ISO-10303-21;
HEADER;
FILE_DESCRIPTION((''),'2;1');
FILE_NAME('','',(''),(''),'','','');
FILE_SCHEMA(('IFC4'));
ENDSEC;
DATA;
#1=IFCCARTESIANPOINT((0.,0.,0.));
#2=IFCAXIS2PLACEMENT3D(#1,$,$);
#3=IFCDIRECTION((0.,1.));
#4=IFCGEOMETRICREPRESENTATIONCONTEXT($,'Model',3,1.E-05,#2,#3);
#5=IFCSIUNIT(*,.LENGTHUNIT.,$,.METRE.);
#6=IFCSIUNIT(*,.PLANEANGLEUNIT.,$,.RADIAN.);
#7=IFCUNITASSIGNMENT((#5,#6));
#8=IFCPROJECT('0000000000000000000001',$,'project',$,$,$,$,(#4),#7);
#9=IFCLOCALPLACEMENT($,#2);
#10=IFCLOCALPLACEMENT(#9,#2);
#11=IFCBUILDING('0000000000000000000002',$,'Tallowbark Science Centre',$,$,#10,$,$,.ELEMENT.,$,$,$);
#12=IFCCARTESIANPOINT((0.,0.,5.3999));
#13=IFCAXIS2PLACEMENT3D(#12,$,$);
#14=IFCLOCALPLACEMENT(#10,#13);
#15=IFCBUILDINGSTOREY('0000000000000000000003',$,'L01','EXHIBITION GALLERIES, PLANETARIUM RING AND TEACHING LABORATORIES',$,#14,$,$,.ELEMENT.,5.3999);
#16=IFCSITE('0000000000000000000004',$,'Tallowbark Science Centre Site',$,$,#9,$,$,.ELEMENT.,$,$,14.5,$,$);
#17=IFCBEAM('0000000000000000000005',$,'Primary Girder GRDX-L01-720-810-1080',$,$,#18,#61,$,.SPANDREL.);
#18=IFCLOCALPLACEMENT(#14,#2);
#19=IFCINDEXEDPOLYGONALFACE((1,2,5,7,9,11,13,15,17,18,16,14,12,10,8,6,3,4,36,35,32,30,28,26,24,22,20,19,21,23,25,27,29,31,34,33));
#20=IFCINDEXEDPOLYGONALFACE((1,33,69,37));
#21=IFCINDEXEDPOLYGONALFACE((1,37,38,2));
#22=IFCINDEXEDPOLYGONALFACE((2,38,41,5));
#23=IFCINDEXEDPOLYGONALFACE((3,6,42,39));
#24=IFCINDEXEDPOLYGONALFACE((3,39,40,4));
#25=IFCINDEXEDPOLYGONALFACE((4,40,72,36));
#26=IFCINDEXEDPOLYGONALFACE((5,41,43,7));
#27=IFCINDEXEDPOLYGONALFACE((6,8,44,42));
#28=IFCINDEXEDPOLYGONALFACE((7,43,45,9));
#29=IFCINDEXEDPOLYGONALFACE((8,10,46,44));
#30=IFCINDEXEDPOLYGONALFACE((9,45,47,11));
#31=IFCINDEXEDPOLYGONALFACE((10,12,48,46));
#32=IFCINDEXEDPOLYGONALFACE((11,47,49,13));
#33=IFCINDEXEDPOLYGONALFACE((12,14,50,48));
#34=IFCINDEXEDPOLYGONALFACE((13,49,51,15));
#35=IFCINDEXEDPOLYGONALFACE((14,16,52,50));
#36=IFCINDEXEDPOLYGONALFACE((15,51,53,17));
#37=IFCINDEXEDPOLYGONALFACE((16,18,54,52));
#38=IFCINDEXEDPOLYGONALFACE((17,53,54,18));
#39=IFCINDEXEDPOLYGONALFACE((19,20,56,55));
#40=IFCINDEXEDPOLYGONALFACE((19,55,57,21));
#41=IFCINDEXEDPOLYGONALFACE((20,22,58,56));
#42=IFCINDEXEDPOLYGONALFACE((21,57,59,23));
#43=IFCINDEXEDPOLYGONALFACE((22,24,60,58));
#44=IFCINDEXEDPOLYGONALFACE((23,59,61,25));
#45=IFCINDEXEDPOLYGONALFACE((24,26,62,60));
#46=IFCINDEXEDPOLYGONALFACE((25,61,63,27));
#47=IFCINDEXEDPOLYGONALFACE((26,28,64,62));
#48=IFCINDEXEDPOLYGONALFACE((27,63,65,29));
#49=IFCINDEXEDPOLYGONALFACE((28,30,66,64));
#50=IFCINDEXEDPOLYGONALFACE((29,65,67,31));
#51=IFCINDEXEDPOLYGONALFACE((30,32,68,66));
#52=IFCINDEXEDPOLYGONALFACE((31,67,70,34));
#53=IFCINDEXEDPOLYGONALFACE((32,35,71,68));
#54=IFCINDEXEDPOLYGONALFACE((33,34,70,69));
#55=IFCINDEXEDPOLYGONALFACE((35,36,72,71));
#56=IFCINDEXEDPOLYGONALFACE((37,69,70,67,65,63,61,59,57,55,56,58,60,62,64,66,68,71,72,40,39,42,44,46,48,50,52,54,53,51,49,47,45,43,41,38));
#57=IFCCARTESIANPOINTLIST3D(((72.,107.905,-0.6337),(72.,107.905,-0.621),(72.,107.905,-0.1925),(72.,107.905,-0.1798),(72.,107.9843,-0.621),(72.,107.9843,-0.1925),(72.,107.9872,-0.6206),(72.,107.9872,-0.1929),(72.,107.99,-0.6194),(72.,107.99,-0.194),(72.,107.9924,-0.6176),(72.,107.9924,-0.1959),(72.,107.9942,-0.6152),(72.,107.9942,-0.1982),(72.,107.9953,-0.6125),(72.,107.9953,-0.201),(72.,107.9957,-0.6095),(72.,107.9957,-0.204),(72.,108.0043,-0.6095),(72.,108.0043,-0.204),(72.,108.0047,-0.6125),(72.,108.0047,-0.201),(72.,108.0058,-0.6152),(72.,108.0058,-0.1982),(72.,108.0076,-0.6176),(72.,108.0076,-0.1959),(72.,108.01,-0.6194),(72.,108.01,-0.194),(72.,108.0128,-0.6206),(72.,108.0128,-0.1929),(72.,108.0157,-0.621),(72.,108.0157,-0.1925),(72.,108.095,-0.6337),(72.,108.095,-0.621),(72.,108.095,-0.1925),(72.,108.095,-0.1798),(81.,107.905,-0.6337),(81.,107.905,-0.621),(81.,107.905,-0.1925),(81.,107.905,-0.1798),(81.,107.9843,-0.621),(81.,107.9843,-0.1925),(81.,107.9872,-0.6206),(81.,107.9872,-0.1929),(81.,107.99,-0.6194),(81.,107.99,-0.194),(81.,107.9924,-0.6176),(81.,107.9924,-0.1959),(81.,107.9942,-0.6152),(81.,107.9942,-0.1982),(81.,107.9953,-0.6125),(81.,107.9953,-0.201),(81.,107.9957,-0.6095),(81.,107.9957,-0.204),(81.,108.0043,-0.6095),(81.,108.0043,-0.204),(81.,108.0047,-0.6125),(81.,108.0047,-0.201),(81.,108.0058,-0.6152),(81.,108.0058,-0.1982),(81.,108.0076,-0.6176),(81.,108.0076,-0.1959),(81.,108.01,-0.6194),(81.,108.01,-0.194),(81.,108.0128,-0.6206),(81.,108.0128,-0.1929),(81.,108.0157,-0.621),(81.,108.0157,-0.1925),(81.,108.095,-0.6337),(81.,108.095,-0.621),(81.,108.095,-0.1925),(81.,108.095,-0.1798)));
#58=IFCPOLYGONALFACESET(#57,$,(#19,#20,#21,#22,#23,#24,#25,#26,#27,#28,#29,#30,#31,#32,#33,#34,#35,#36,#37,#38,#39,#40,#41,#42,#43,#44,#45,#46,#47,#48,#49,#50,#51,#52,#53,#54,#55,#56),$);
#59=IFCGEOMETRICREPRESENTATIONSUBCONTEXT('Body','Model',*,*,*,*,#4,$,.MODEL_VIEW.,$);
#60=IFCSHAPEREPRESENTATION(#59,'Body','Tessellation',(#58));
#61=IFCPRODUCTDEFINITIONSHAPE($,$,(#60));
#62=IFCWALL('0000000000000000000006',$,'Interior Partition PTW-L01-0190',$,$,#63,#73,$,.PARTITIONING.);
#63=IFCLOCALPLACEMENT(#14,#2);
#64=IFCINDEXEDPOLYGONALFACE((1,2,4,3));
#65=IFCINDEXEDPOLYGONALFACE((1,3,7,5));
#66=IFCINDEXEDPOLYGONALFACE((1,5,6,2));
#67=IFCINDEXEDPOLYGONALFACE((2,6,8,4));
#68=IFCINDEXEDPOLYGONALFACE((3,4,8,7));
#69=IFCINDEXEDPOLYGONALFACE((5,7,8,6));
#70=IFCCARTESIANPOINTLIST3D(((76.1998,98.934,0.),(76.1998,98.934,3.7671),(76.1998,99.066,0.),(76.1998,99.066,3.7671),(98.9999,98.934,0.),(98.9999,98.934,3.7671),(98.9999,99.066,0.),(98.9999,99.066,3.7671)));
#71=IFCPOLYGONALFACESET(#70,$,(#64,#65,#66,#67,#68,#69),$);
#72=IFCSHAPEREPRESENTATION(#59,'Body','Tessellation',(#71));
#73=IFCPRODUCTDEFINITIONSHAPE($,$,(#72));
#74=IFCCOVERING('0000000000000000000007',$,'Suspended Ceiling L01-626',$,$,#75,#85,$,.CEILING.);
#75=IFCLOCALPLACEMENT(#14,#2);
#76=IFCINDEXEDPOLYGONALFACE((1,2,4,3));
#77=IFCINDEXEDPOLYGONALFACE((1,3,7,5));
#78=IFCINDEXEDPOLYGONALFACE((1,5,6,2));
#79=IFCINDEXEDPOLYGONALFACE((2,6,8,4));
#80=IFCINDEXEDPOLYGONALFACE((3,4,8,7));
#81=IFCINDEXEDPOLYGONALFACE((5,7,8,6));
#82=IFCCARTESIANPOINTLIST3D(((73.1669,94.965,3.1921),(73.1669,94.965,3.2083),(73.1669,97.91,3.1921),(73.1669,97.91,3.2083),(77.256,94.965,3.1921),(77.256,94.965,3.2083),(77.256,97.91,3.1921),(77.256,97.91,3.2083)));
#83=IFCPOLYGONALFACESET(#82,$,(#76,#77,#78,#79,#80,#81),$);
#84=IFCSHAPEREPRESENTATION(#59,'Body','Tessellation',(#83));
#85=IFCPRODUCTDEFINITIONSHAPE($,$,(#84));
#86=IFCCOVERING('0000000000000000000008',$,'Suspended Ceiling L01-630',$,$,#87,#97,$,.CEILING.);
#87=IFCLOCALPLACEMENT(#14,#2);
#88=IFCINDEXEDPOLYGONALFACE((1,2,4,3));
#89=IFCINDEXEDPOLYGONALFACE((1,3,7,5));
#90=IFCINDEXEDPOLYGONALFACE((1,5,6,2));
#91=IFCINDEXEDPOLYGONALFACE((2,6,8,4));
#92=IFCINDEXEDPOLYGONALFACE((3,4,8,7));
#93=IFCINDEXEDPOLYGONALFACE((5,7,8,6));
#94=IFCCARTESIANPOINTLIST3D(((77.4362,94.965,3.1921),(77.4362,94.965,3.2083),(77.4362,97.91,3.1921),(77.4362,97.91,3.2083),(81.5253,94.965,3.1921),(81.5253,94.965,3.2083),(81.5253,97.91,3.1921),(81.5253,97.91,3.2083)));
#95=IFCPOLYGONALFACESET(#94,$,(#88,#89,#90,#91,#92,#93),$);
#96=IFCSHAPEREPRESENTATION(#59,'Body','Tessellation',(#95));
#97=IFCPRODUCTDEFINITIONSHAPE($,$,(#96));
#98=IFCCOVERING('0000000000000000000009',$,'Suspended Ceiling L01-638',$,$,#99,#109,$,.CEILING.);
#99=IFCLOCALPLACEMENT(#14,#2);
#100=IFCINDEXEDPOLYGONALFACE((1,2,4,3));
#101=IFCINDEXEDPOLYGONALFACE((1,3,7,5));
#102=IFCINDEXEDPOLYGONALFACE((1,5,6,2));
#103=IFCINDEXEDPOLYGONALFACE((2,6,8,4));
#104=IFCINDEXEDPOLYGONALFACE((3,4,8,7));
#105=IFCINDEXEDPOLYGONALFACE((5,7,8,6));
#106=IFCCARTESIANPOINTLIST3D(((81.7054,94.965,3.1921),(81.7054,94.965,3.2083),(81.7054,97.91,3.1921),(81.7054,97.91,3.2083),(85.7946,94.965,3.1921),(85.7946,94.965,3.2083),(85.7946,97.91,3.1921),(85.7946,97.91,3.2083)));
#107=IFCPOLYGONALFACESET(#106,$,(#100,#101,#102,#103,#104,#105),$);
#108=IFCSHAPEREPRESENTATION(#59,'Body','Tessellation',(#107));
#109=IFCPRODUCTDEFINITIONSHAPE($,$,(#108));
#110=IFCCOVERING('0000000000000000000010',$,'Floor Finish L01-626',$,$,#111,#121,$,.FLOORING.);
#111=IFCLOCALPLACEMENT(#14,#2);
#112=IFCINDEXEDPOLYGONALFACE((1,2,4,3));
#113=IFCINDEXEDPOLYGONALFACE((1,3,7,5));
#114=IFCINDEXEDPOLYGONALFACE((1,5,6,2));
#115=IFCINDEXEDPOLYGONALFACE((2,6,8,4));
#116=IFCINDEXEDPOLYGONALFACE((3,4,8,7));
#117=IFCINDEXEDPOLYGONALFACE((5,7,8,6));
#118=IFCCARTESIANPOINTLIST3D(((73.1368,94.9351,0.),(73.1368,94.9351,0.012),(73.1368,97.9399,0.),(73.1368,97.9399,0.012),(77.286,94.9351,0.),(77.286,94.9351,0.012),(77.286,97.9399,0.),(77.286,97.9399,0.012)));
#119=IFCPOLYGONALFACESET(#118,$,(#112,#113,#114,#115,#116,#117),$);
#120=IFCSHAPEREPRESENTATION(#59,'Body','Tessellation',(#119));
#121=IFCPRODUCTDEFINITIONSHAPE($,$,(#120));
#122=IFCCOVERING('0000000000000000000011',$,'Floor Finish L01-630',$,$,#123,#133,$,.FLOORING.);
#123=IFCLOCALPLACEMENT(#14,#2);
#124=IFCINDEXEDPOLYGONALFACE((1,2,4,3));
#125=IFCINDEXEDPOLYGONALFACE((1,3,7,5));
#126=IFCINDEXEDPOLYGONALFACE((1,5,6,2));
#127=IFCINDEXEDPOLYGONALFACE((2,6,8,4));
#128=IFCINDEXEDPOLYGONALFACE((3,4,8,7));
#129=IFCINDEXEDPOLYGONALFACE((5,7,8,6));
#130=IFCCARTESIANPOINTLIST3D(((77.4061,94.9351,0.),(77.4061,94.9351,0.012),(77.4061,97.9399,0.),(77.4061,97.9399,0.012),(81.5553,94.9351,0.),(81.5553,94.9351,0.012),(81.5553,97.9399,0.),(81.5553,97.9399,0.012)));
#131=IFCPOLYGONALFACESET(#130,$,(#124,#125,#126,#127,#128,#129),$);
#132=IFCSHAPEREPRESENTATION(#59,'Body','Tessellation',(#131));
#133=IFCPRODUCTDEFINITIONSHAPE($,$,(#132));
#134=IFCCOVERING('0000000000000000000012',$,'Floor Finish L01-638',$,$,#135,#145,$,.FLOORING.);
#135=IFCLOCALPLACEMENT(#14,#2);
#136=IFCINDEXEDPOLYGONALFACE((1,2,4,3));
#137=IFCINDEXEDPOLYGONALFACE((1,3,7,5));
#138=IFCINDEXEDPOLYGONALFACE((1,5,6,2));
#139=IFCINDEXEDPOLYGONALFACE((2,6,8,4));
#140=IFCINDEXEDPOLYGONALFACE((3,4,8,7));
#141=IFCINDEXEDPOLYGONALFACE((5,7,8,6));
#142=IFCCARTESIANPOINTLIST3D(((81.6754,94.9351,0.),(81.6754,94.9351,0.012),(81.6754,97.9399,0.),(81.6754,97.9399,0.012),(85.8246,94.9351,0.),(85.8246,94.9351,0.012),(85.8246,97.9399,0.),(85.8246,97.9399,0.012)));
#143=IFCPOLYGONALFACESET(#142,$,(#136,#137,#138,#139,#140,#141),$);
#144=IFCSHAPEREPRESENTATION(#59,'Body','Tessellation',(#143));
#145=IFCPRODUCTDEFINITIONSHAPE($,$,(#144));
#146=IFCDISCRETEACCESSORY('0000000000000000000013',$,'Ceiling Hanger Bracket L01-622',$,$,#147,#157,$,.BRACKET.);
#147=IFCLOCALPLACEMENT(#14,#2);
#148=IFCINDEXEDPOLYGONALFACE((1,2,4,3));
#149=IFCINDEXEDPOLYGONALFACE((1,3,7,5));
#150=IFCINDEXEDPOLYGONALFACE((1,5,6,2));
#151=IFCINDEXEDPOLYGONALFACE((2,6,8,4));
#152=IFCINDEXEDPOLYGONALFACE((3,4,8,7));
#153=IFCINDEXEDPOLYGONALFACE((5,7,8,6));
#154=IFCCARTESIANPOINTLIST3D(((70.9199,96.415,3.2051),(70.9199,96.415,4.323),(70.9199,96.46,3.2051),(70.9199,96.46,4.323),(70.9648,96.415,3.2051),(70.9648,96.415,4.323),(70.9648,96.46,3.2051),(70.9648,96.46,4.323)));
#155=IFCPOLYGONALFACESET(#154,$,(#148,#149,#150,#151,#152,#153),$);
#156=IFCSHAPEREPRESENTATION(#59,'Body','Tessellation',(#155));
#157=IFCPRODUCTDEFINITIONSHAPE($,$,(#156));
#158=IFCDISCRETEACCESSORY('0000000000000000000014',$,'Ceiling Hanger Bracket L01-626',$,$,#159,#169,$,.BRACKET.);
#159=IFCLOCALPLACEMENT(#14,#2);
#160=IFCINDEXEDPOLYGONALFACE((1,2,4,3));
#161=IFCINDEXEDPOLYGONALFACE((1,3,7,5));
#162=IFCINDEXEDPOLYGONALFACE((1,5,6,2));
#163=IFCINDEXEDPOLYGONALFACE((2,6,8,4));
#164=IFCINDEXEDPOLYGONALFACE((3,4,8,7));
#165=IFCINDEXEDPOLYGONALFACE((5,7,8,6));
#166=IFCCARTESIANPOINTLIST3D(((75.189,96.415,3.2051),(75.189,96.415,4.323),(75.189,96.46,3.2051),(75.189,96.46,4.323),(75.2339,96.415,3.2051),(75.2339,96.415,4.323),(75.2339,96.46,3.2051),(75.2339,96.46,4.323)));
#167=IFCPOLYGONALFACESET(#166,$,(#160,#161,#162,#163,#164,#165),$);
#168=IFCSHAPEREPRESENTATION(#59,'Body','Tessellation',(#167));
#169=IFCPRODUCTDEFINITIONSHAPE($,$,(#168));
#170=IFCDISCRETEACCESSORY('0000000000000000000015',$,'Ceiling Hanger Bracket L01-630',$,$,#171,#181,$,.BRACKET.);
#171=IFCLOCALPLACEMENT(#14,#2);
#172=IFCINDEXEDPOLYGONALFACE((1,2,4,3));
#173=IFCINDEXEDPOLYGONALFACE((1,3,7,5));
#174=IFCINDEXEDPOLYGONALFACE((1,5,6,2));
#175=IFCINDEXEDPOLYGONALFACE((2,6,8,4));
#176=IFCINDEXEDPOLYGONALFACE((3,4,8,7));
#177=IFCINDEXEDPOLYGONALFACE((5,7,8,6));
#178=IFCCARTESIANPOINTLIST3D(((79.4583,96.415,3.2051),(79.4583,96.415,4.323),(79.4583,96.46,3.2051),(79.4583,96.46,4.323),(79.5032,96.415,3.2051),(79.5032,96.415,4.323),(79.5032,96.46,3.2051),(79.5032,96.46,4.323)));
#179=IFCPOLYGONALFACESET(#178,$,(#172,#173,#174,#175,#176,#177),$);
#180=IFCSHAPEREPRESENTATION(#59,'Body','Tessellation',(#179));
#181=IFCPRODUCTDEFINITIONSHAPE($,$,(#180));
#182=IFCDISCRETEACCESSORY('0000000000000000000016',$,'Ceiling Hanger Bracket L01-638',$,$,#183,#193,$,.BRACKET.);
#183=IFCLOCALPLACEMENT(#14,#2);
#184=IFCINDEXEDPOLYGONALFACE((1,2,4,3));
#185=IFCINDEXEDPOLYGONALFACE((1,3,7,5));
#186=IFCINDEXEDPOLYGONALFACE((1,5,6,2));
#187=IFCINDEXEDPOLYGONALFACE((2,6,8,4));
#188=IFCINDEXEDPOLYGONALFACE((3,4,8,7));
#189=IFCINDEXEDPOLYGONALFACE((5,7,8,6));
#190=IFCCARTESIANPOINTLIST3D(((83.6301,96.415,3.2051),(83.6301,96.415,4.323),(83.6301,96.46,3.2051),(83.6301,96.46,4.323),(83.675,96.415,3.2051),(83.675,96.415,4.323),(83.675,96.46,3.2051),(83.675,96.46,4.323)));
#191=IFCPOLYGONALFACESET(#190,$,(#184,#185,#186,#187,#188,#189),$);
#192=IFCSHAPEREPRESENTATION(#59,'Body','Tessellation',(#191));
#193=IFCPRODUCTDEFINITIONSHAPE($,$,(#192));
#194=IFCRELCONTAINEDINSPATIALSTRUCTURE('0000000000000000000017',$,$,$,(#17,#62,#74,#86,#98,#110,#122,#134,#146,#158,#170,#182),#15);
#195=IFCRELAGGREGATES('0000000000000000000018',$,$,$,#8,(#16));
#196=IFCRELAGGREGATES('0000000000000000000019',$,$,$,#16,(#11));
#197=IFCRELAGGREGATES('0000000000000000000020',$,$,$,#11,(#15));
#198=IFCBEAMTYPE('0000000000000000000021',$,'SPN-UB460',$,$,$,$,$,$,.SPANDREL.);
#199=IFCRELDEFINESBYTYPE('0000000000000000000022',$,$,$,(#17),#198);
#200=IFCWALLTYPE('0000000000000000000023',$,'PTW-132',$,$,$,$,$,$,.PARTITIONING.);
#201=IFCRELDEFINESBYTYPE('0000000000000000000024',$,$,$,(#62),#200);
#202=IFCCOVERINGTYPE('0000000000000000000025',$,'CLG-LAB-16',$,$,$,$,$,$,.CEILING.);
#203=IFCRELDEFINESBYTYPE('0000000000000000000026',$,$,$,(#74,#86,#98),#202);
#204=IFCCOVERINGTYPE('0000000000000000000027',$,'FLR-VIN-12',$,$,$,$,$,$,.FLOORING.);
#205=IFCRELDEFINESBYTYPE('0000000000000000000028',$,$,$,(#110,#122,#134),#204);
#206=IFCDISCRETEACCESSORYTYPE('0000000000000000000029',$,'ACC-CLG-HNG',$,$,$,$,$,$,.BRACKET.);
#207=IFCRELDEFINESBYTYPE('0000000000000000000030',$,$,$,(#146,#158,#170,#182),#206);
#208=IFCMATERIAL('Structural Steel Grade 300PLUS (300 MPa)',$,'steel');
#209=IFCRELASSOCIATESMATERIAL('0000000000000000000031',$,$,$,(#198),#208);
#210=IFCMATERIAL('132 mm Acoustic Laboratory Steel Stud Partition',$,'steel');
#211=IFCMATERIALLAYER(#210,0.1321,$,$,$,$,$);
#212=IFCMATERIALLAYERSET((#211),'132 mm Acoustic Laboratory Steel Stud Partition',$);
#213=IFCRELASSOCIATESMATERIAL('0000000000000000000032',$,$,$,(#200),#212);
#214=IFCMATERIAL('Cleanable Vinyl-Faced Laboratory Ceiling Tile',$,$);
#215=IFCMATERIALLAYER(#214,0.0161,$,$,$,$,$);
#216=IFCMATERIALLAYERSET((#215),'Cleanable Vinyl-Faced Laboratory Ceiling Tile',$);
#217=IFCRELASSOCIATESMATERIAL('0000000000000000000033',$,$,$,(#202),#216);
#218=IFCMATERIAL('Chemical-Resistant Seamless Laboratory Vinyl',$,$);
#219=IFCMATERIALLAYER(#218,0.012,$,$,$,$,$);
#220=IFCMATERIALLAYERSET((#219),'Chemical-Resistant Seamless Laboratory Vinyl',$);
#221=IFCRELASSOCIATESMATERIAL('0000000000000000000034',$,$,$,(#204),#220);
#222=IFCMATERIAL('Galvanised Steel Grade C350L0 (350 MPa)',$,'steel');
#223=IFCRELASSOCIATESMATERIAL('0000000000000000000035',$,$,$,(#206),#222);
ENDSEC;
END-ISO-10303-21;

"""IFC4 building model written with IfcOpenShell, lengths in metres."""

from ifc_helpers import new_model, si_unit, direction, frame, frame_2d, origin, origin_2d, place, context, subcontext, project, spatial, rectangle, i_section, extrude, material, layer, layer_set, material_profile, profile_set, type_object, element, save


model = new_model("IFC4")

# Units and contexts
model_context = context("Model", 3, precision=1e-05, world=origin(), true_north=direction((0.0, 1.0)))
body_context = subcontext(model_context, "Body", "Model", "MODEL_VIEW")
ifc_project = project(units=[si_unit("LENGTHUNIT", "METRE"), si_unit("PLANEANGLEUNIT", "RADIAN")], contexts=[model_context])

# Site, building, storey
site_placement = place(None, origin())
site = spatial("IfcSite", under=ifc_project, at=site_placement, Name="Tallowbark Science Centre Site", CompositionType="ELEMENT", RefElevation=14.5)
building_placement = place(site_placement, origin())
building = spatial("IfcBuilding", under=site, at=building_placement, Name="Tallowbark Science Centre", CompositionType="ELEMENT")
storey_placement = place(building_placement, frame((0.0, 0.0, 5.3999)))
storey = spatial("IfcBuildingStorey", under=building, at=storey_placement, Name="L01", Description="EXHIBITION GALLERIES, PLANETARIUM RING AND TEACHING LABORATORIES", CompositionType="ELEMENT", Elevation=5.3999)

# Shared definitions
ifc_material_1 = material(Name="Structural Steel Grade 300PLUS (300 MPa)", Category="steel")

# Beam
ifc_material_profile_1 = material_profile(ifc_material_1, i_section(OverallWidth=0.1899, OverallDepth=0.4539, WebThickness=0.0085, FlangeThickness=0.0127, FilletRadius=0.0115, at=origin_2d()), Name="460UB67.1")
ifc_profile_set_1 = profile_set([ifc_material_profile_1], Name="Structural Steel Grade 300PLUS (300 MPa)")
beam_type_1 = type_object("IfcBeamType", Name="SPN-UB460", PredefinedType="SPANDREL", material=ifc_profile_set_1)
beam_1_placement = place(storey_placement, frame((72.0, 108.0, -0.4067), z_axis=(1.0, 0.0, 0.0), x_axis=(0.0, 1.0, 0.0)))
element("IfcBeam", 1, at=beam_1_placement, inside=storey, type_object=beam_type_1, Name="Primary Girder GRDX-L01-720-810-1080", PredefinedType="SPANDREL", context=body_context, shape_type="SweptSolid", body=[
    extrude(i_section(OverallWidth=0.1899, OverallDepth=0.4539, WebThickness=0.0085, FlangeThickness=0.0127, FilletRadius=0.0115, at=origin_2d()), origin(), (0.0, 0.0, 1.0), 9.0),
])

# Wall
ifc_material_2 = material(Name="132 mm Acoustic Laboratory Steel Stud Partition", Category="steel")
ifc_layer_1 = layer(ifc_material_2, 0.1321)
ifc_layer_set_1 = layer_set([ifc_layer_1], Name="132 mm Acoustic Laboratory Steel Stud Partition")
wall_type_1 = type_object("IfcWallType", Name="PTW-132", PredefinedType="PARTITIONING", material=ifc_layer_set_1)
wall_1_placement = place(storey_placement, frame((76.2, 99.0, 0.0), z_axis=(0.0, 0.0, 1.0), x_axis=(1.0, 0.0, 0.0)))
element("IfcWall", 2, at=wall_1_placement, inside=storey, type_object=wall_type_1, Name="Interior Partition PTW-L01-0190", PredefinedType="PARTITIONING", context=body_context, shape_type="SweptSolid", body=[
    extrude(rectangle(XDim=22.8, YDim=0.1321, at=frame_2d((11.3999, 0.0))), origin(), (0.0, 0.0, 1.0), 3.7671),
])

# Coverings
ifc_material_3 = material(Name="Cleanable Vinyl-Faced Laboratory Ceiling Tile")
ifc_layer_2 = layer(ifc_material_3, 0.0161)
ifc_layer_set_2 = layer_set([ifc_layer_2], Name="Cleanable Vinyl-Faced Laboratory Ceiling Tile")
covering_type_1 = type_object("IfcCoveringType", Name="CLG-LAB-16", PredefinedType="CEILING", material=ifc_layer_set_2)
for number, where, z_axis, x_axis, name in (
    (3, (75.2114, 96.4375, 3.1921), (0.0, 0.0, 1.0), (1.0, 0.0, 0.0), "Suspended Ceiling L01-626"),
    (4, (79.4807, 96.4375, 3.1921), (0.0, 0.0, 1.0), (1.0, 0.0, 0.0), "Suspended Ceiling L01-630"),
    (5, (83.75, 96.4375, 3.1921), (0.0, 0.0, 1.0), (1.0, 0.0, 0.0), "Suspended Ceiling L01-638"),
):
    element("IfcCovering", number, at=place(storey_placement, frame(where, z_axis=z_axis, x_axis=x_axis)), inside=storey, type_object=covering_type_1, Name=name, PredefinedType="CEILING", context=body_context, shape_type="SweptSolid", body=[
        extrude(rectangle(XDim=4.0891, YDim=2.9451, at=origin_2d()), origin(), (0.0, 0.0, 1.0), 0.0161),
    ])
ifc_material_4 = material(Name="Chemical-Resistant Seamless Laboratory Vinyl")
ifc_layer_3 = layer(ifc_material_4, 0.012)
ifc_layer_set_3 = layer_set([ifc_layer_3], Name="Chemical-Resistant Seamless Laboratory Vinyl")
covering_type_2 = type_object("IfcCoveringType", Name="FLR-VIN-12", PredefinedType="FLOORING", material=ifc_layer_set_3)
for number, where, z_axis, x_axis, name in (
    (6, (75.2114, 96.4375, 0.0), (0.0, 0.0, 1.0), (1.0, 0.0, 0.0), "Floor Finish L01-626"),
    (7, (79.4807, 96.4375, 0.0), (0.0, 0.0, 1.0), (1.0, 0.0, 0.0), "Floor Finish L01-630"),
    (8, (83.75, 96.4375, 0.0), (0.0, 0.0, 1.0), (1.0, 0.0, 0.0), "Floor Finish L01-638"),
):
    element("IfcCovering", number, at=place(storey_placement, frame(where, z_axis=z_axis, x_axis=x_axis)), inside=storey, type_object=covering_type_2, Name=name, PredefinedType="FLOORING", context=body_context, shape_type="SweptSolid", body=[
        extrude(rectangle(XDim=4.1492, YDim=3.0049, at=origin_2d()), origin(), (0.0, 0.0, 1.0), 0.012),
    ])

# Discrete accessories
ifc_material_5 = material(Name="Galvanised Steel Grade C350L0 (350 MPa)", Category="steel")
discrete_accessory_type = type_object("IfcDiscreteAccessoryType", Name="ACC-CLG-HNG", PredefinedType="BRACKET", material=ifc_material_5)
for number, where, z_axis, x_axis, name in (
    (9, (70.9424, 96.4375, 3.2051), (0.0, 0.0, 1.0), (1.0, 0.0, 0.0), "Ceiling Hanger Bracket L01-622"),
    (10, (75.2114, 96.4375, 3.2051), (0.0, 0.0, 1.0), (1.0, 0.0, 0.0), "Ceiling Hanger Bracket L01-626"),
    (11, (79.4807, 96.4375, 3.2051), (0.0, 0.0, 1.0), (1.0, 0.0, 0.0), "Ceiling Hanger Bracket L01-630"),
    (12, (83.6526, 96.4375, 3.2051), (0.0, 0.0, 1.0), (1.0, 0.0, 0.0), "Ceiling Hanger Bracket L01-638"),
):
    element("IfcDiscreteAccessory", number, at=place(storey_placement, frame(where, z_axis=z_axis, x_axis=x_axis)), inside=storey, type_object=discrete_accessory_type, Name=name, PredefinedType="BRACKET", context=body_context, shape_type="SweptSolid", body=[
        extrude(rectangle(XDim=0.0449, YDim=0.0449, at=origin_2d()), origin(), (0.0, 0.0, 1.0), 1.1179),
    ])

save(model, "model.ifc")
